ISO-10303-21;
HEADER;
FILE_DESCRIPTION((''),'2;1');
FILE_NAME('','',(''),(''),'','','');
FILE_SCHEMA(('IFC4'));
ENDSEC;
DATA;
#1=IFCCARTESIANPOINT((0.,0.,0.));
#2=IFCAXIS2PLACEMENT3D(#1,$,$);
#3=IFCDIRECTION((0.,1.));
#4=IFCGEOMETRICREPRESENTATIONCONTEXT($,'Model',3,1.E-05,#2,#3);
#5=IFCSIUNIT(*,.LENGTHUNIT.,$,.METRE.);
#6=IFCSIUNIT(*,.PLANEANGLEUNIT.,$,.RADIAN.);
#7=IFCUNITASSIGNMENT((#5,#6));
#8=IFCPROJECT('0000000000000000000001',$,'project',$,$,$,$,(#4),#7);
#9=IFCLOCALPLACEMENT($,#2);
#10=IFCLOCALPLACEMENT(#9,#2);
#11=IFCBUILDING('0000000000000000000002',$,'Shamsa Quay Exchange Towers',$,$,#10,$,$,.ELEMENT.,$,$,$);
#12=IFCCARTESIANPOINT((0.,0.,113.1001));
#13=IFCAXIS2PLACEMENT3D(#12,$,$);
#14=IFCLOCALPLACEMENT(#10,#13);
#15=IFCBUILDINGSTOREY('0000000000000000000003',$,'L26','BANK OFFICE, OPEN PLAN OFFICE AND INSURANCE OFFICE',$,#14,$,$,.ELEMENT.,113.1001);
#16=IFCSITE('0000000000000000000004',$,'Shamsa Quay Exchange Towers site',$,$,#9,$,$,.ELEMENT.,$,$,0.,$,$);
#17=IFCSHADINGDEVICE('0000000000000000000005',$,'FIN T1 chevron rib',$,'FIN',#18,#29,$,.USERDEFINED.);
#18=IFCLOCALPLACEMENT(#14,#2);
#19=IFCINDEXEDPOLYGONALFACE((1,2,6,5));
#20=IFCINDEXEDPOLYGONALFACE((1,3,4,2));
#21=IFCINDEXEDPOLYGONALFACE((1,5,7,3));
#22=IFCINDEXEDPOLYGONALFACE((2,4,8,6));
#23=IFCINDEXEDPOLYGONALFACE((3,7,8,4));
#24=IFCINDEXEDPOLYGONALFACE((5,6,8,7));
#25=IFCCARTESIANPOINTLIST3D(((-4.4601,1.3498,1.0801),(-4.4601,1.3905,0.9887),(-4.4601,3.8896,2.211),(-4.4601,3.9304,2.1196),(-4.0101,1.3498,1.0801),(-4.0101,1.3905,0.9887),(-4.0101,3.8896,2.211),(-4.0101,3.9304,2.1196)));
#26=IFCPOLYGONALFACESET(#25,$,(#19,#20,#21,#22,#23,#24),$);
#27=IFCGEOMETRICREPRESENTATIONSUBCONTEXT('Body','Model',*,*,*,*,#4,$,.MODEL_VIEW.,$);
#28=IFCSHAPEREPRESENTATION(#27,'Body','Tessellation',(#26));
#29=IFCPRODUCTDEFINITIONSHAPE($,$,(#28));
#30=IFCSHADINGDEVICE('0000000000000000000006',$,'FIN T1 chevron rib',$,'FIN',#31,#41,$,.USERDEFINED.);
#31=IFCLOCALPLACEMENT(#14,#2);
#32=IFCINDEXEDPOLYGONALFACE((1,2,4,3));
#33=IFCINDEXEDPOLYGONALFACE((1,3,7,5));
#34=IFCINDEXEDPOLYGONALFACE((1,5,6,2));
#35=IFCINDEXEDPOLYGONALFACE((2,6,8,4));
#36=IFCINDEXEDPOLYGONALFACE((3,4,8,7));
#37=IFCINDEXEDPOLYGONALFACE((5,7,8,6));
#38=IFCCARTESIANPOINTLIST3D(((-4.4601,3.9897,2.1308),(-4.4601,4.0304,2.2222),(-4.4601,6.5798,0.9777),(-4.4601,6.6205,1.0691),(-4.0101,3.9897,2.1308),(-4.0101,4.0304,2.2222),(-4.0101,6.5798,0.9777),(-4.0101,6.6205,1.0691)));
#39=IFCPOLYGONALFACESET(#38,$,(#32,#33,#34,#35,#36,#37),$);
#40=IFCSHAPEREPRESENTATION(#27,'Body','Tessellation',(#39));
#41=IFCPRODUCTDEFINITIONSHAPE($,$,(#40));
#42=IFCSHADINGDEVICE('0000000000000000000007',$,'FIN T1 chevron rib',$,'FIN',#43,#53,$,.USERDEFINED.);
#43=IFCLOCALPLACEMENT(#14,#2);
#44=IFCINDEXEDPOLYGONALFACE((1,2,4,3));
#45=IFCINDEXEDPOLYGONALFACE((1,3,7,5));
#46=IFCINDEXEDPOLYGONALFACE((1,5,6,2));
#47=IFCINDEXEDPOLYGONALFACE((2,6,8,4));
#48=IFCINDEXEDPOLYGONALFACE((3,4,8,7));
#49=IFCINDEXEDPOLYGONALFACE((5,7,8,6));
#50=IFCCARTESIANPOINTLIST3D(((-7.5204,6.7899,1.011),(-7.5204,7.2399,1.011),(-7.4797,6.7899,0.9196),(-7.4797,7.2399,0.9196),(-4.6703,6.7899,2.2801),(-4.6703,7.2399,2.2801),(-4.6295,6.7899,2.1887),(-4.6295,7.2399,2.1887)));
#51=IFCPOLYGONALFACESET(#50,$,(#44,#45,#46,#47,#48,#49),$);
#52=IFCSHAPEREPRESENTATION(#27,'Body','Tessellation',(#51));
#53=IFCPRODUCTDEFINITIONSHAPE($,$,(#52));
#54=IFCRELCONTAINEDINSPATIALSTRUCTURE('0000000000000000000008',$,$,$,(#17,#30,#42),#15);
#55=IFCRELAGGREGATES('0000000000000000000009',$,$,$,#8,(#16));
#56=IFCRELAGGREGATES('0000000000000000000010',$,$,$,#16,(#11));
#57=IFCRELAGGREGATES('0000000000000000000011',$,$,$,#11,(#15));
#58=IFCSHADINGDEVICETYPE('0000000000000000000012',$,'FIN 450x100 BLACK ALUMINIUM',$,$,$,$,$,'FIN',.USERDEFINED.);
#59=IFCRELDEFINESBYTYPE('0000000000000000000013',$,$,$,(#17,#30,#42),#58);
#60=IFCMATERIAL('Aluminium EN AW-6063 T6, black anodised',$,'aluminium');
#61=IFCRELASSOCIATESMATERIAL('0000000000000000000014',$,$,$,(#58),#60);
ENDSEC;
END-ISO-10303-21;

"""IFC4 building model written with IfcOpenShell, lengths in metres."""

from ifc_helpers import new_model, si_unit, direction, frame, origin, origin_2d, place, context, subcontext, project, spatial, rectangle, extrude, material, material_profile, profile_set, type_object, element, save


model = new_model("IFC4")

# Units and contexts
model_context = context("Model", 3, precision=1e-05, world=origin(), true_north=direction((0.0, 1.0)))
body_context = subcontext(model_context, "Body", "Model", "MODEL_VIEW")
ifc_project = project(units=[si_unit("LENGTHUNIT", "METRE"), si_unit("PLANEANGLEUNIT", "RADIAN")], contexts=[model_context])

# Site, building, storey
site_placement = place(None, origin())
site = spatial("IfcSite", under=ifc_project, at=site_placement, Name="Shamsa Quay Exchange Towers site", CompositionType="ELEMENT", RefElevation=0.0)
building_placement = place(site_placement, origin())
building = spatial("IfcBuilding", under=site, at=building_placement, Name="Shamsa Quay Exchange Towers", CompositionType="ELEMENT")
storey_placement = place(building_placement, frame((0.0, 0.0, 113.1001)))
storey = spatial("IfcBuildingStorey", under=building, at=storey_placement, Name="L26", Description="BANK OFFICE, OPEN PLAN OFFICE AND INSURANCE OFFICE", CompositionType="ELEMENT", Elevation=113.1001)

# Shared definitions
ifc_material_1 = material(Name="Aluminium EN AW-6063 T6, black anodised", Category="aluminium")

# Shading devices
ifc_material_profile_1 = material_profile(ifc_material_1, rectangle(XDim=0.45, YDim=0.1001, at=origin_2d()), Name="FIN450x100")
ifc_profile_set_1 = profile_set([ifc_material_profile_1], Name="Aluminium EN AW-6063 T6, black anodised")
shading_device_type = type_object("IfcShadingDeviceType", Name="FIN 450x100 BLACK ALUMINIUM", ElementType="FIN", PredefinedType="USERDEFINED", material=ifc_profile_set_1)
shading_device_1_placement = place(storey_placement, frame((-4.2351, 1.3701, 1.0344), z_axis=(0.0, 0.913536, 0.406758), x_axis=(-1.0, 0.0, 0.0)))
element("IfcShadingDevice", 1, at=shading_device_1_placement, inside=storey, type_object=shading_device_type, Name="FIN T1 chevron rib", ObjectType="FIN", PredefinedType="USERDEFINED", context=body_context, shape_type="SweptSolid", body=[
    extrude(rectangle(XDim=0.45, YDim=0.1001, at=origin_2d()), origin(), (0.0, 0.0, 1.0), 2.7803),
])
shading_device_2_placement = place(storey_placement, frame((-4.2351, 4.01, 2.1765), z_axis=(0.0, 0.913559, -0.406706), x_axis=(-1.0, 0.0, 0.0)))
element("IfcShadingDevice", 2, at=shading_device_2_placement, inside=storey, type_object=shading_device_type, Name="FIN T1 chevron rib", ObjectType="FIN", PredefinedType="USERDEFINED", context=body_context, shape_type="SweptSolid", body=[
    extrude(rectangle(XDim=0.45, YDim=0.1001, at=origin_2d()), origin(), (0.0, 0.0, 1.0), 2.8352),
])
shading_device_3_placement = place(storey_placement, frame((-4.6499, 7.0149, 2.2344), z_axis=(-0.913534, 0.0, -0.406763), x_axis=(0.0, -1.0, 0.0)))
element("IfcShadingDevice", 3, at=shading_device_3_placement, inside=storey, type_object=shading_device_type, Name="FIN T1 chevron rib", ObjectType="FIN", PredefinedType="USERDEFINED", context=body_context, shape_type="SweptSolid", body=[
    extrude(rectangle(XDim=0.45, YDim=0.1001, at=origin_2d()), origin(), (0.0, 0.0, 1.0), 3.1199),
])

save(model, "model.ifc")
